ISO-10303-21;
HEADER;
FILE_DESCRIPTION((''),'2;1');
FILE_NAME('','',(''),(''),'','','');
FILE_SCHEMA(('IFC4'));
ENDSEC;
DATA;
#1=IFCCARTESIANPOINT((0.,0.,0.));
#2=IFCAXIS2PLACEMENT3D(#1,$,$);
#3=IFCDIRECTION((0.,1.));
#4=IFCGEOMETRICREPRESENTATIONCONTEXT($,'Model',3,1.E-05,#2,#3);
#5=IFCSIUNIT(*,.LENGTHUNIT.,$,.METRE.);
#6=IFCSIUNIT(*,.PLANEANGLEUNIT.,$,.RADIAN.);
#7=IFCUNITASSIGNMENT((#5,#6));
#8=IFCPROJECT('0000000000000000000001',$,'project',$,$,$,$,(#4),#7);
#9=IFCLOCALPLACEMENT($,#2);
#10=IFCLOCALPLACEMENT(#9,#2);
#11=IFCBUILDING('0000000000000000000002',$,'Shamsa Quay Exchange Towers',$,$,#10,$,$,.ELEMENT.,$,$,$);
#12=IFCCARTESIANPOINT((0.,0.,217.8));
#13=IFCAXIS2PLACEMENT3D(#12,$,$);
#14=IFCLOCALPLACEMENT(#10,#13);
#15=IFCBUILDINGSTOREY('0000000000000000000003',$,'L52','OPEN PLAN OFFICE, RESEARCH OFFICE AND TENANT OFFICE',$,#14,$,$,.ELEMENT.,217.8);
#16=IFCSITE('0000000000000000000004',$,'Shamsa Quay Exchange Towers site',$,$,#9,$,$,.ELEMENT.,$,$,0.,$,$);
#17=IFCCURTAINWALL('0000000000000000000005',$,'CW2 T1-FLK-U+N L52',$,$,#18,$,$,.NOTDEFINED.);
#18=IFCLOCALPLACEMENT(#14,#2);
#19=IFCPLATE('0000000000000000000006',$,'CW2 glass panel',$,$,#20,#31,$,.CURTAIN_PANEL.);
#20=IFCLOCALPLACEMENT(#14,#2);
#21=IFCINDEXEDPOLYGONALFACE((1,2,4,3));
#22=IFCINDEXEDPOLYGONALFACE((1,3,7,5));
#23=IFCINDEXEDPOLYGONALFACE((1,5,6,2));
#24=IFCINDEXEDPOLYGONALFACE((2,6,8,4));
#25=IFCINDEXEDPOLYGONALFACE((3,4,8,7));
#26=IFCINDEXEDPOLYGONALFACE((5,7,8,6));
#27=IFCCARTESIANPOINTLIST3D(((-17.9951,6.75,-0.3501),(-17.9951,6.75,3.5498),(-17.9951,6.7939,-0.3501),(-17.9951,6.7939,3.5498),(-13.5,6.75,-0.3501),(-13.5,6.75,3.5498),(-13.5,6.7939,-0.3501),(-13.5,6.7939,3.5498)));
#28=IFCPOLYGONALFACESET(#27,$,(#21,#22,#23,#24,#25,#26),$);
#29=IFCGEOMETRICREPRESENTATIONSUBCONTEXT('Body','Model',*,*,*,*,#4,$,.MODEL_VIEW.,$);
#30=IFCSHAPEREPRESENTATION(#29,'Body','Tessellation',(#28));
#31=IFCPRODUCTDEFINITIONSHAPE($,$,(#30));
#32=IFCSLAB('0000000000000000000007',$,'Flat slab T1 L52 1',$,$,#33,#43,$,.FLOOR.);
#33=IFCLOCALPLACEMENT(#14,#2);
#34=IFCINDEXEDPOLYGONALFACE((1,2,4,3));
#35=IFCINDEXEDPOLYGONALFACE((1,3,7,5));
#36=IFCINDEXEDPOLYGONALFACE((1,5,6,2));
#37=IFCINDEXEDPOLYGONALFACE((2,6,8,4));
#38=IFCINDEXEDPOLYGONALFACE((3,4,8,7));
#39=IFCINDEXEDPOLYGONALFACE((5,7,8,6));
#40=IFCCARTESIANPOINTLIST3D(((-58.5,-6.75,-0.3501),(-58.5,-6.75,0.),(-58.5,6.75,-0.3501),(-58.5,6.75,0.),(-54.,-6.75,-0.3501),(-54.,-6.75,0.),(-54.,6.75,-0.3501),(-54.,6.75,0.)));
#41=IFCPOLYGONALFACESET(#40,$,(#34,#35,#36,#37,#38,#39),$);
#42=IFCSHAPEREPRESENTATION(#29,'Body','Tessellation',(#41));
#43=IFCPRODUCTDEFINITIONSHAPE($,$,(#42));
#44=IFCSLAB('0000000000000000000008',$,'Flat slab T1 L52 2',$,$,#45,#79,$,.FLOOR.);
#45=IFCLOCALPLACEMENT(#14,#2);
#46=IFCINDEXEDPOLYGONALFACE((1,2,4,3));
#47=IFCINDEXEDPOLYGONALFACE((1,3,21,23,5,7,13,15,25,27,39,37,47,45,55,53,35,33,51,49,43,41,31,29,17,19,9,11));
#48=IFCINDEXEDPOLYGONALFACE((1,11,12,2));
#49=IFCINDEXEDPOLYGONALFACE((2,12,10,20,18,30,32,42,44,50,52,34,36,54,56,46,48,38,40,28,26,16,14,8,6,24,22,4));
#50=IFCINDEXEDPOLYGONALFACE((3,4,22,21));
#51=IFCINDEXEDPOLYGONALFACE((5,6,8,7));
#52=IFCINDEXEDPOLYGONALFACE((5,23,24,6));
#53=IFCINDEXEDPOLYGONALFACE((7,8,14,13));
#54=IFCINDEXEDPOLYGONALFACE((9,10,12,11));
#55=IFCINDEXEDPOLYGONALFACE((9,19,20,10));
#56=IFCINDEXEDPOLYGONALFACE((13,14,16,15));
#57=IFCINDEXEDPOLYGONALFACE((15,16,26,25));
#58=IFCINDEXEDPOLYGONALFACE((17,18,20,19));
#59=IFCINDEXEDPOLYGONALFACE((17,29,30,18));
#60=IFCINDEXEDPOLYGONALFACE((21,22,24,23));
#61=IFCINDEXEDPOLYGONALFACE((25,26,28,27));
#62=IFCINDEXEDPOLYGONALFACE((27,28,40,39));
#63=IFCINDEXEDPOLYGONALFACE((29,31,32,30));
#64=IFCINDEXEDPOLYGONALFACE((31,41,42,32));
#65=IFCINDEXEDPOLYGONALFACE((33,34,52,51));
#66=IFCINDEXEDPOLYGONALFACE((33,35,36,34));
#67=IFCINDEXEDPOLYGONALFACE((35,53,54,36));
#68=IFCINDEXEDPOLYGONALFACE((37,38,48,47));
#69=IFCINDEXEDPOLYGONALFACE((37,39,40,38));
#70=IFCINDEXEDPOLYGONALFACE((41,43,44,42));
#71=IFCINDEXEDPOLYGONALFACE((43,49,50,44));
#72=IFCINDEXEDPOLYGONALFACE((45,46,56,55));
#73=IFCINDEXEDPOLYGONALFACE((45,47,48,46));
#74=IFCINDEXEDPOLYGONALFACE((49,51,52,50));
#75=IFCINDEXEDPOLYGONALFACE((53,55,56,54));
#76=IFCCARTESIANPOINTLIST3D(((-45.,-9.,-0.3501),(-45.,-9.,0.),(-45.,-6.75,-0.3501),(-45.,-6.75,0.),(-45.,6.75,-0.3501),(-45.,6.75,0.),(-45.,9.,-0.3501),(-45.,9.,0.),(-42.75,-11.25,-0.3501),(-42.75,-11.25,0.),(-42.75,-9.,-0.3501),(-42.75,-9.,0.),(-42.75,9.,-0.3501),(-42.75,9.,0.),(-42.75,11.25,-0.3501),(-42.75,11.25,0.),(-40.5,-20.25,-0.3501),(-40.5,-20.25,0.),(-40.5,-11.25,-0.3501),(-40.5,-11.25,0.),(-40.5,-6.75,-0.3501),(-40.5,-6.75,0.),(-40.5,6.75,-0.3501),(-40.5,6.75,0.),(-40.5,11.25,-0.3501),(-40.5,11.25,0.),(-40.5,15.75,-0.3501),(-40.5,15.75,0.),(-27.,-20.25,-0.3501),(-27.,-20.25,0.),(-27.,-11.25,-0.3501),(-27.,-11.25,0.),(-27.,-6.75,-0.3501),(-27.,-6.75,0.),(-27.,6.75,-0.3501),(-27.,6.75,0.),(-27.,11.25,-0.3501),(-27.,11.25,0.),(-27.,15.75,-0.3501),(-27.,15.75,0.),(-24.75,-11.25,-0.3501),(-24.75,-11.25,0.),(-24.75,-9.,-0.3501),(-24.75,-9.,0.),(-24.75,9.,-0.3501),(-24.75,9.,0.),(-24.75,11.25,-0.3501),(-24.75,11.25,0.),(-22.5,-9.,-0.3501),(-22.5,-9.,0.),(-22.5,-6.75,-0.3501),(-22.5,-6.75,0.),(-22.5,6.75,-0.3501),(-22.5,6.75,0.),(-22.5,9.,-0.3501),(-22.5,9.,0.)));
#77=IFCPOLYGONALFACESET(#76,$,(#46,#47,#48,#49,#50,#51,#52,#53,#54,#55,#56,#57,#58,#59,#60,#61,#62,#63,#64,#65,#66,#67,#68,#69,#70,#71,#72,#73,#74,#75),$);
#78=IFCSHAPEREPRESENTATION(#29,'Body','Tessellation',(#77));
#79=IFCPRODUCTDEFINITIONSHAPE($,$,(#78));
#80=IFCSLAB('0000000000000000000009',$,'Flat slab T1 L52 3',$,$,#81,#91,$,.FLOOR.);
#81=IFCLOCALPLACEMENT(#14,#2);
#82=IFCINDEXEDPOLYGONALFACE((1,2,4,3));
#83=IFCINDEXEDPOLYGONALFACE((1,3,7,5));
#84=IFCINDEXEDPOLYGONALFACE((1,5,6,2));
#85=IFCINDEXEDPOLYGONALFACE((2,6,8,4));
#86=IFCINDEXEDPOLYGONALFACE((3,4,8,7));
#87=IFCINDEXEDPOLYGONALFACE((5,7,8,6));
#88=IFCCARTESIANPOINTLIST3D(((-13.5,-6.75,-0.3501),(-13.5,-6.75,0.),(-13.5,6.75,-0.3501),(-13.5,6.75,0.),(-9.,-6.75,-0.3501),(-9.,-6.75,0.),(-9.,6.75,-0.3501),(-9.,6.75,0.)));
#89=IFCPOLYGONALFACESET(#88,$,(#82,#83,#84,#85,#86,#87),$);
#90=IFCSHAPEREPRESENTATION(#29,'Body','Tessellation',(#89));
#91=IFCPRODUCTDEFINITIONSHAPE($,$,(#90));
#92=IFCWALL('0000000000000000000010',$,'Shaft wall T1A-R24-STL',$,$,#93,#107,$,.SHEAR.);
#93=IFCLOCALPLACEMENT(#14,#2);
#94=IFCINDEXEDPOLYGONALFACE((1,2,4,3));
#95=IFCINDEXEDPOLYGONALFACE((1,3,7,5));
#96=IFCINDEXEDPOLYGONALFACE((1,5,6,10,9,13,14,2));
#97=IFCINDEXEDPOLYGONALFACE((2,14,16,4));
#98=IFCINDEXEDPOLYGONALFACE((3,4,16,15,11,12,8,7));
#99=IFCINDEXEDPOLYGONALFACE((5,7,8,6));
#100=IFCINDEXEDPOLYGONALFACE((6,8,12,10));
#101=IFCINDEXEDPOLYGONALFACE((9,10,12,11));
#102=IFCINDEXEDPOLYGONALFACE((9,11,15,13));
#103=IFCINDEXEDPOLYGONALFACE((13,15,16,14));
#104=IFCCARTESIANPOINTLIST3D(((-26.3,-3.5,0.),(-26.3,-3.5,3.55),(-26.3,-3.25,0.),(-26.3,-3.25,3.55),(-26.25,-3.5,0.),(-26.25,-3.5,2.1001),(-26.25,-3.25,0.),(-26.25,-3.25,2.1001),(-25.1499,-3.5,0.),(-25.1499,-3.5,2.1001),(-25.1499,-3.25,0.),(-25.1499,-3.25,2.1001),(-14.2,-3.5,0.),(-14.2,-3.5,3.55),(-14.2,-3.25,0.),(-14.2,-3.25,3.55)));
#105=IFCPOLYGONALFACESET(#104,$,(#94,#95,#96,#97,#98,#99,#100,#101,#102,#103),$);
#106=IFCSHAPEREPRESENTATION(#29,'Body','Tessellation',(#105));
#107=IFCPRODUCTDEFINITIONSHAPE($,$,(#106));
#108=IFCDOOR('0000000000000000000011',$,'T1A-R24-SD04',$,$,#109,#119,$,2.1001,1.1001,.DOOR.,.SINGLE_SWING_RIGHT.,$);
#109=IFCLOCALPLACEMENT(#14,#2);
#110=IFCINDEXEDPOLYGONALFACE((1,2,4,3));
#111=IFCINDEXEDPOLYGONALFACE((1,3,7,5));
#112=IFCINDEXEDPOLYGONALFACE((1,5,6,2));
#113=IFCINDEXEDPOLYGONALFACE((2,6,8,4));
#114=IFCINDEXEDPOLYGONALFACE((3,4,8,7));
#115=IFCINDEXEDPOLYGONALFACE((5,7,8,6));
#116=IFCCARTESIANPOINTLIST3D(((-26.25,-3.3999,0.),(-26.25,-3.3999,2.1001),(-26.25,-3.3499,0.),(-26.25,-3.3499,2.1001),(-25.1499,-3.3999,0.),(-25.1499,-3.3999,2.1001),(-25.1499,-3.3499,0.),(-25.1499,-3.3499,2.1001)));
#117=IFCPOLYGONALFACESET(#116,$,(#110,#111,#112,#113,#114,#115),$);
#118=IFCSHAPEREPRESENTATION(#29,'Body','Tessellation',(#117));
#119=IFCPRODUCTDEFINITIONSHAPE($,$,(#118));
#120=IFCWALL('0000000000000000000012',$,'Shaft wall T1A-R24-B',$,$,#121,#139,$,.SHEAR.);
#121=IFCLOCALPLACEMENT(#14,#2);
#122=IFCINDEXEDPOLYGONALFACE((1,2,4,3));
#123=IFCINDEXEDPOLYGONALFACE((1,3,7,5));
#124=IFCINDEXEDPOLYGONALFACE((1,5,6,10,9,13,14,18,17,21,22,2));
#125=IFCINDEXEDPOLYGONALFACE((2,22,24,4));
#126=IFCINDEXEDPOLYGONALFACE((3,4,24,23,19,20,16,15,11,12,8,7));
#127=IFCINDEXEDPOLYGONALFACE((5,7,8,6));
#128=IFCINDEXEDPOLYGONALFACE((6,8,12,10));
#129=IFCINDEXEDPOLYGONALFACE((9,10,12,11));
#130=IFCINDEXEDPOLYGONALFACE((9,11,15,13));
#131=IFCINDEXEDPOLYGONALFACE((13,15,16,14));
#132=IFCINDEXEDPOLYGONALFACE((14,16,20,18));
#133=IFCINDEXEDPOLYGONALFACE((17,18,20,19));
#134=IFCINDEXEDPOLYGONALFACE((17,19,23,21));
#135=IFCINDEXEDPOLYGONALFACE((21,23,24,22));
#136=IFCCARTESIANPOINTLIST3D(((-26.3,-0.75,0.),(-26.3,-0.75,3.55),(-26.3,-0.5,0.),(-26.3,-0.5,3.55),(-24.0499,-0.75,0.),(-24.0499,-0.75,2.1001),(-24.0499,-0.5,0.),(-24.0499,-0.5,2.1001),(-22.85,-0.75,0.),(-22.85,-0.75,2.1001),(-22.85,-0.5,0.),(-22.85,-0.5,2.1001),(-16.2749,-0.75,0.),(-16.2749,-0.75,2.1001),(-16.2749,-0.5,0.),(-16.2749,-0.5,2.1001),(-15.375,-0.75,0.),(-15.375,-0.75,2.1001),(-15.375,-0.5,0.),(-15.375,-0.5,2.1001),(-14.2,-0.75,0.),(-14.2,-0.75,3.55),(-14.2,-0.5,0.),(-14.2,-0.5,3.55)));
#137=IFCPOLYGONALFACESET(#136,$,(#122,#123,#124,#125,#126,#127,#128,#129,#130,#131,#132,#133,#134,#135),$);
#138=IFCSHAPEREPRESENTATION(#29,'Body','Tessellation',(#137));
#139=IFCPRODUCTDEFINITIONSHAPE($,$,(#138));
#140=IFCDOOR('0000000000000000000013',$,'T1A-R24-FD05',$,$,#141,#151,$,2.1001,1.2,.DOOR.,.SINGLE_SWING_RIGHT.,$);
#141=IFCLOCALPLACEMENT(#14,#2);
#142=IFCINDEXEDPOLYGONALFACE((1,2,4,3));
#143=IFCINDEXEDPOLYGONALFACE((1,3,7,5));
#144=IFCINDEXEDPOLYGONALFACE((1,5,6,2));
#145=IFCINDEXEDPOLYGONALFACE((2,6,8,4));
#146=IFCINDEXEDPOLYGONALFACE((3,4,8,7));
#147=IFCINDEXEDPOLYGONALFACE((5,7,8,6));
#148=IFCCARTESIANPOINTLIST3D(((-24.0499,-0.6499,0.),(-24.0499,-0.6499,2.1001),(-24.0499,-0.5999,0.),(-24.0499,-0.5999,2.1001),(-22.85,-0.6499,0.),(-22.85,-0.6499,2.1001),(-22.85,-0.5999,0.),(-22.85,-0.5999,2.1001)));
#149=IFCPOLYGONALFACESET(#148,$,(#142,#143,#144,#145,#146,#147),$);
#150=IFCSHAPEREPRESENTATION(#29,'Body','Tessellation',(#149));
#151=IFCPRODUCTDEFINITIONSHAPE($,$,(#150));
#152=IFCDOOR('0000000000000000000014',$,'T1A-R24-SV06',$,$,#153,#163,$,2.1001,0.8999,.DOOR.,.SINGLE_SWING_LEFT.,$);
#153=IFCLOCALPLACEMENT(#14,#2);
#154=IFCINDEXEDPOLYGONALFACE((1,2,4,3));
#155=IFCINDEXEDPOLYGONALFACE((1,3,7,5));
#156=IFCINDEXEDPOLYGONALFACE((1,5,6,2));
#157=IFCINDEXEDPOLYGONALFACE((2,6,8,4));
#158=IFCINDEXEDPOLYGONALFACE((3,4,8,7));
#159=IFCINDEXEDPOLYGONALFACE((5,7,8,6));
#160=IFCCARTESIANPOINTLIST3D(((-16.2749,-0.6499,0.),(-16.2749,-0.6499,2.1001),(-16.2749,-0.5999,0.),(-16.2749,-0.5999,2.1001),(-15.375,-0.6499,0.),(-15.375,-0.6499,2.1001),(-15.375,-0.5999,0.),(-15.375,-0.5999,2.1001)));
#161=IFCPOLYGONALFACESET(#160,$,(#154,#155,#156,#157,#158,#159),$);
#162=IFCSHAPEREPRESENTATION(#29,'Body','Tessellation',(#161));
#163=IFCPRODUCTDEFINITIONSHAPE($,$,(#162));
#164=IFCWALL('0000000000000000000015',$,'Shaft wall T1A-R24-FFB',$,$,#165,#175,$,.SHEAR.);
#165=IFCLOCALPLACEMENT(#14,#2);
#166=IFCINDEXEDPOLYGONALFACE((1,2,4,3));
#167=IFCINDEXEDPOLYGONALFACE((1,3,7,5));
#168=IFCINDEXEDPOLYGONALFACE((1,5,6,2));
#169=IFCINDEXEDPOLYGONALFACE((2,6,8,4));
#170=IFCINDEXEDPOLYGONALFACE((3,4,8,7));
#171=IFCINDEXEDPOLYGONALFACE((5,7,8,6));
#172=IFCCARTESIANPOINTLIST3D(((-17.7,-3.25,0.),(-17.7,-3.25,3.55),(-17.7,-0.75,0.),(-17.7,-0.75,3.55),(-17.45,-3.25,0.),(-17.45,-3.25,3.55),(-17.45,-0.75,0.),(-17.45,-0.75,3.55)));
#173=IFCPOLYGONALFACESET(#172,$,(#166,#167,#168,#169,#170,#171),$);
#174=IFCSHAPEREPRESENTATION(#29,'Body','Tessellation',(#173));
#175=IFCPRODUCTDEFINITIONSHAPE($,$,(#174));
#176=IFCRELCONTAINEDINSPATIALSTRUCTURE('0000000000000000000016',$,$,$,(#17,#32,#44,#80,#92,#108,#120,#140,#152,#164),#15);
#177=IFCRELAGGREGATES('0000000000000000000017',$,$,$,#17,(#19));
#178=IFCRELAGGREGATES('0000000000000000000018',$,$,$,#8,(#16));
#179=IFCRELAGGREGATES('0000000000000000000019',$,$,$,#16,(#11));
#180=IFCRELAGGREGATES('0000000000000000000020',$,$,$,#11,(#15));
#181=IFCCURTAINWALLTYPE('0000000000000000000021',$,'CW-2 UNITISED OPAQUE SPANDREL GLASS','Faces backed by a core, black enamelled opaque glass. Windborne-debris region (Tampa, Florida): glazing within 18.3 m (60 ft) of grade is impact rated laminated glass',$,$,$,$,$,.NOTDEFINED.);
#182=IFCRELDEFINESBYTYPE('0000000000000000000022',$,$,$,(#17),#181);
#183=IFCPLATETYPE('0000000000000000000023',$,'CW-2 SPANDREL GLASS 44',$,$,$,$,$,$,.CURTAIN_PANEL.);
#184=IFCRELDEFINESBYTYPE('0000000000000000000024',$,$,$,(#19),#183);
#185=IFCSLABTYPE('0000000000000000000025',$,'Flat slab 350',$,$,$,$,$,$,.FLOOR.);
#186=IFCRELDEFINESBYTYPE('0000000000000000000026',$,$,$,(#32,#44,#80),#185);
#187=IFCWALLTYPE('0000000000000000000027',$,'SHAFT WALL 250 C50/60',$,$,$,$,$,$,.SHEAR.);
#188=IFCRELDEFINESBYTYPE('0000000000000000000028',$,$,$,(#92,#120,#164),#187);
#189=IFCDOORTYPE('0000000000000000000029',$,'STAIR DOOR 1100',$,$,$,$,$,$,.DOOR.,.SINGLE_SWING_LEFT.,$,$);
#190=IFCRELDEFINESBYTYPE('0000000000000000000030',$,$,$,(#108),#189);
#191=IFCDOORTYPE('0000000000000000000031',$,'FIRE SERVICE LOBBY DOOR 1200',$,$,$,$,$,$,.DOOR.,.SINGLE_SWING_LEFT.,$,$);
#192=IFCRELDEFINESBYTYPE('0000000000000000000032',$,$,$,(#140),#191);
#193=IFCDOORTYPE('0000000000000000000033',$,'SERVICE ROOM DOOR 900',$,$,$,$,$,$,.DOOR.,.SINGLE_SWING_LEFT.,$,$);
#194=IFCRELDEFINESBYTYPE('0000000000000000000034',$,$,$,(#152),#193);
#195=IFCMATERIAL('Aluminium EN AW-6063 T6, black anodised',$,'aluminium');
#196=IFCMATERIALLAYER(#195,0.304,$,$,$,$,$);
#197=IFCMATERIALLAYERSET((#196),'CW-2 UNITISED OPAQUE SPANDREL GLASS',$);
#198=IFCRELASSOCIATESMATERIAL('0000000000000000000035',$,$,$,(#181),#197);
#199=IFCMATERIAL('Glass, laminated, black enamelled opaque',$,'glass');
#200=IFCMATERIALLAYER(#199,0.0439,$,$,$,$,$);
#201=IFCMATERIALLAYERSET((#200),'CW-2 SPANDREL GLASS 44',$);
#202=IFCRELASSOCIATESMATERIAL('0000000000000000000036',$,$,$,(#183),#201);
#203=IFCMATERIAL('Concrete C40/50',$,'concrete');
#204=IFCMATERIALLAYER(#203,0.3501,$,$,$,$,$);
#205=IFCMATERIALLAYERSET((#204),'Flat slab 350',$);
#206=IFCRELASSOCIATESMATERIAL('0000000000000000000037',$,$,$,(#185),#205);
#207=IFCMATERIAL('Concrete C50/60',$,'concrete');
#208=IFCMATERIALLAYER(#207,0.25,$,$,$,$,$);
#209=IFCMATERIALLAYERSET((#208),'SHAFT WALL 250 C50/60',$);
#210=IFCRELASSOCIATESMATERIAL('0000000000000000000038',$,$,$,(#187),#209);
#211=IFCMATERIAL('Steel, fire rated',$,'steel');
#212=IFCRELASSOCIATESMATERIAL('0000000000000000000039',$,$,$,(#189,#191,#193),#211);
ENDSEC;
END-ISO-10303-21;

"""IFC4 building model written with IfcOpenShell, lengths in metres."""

from ifc_helpers import new_model, si_unit, direction, frame, frame_2d, origin, origin_2d, place, context, subcontext, project, spatial, polyline, rectangle, outline, extrude, material, layer, layer_set, type_object, element, fill, aggregate, save


model = new_model("IFC4")

# Units and contexts
model_context = context("Model", 3, precision=1e-05, world=origin(), true_north=direction((0.0, 1.0)))
body_context = subcontext(model_context, "Body", "Model", "MODEL_VIEW")
ifc_project = project(units=[si_unit("LENGTHUNIT", "METRE"), si_unit("PLANEANGLEUNIT", "RADIAN")], contexts=[model_context])

# Site, building, storey
site_placement = place(None, origin())
site = spatial("IfcSite", under=ifc_project, at=site_placement, Name="Shamsa Quay Exchange Towers site", CompositionType="ELEMENT", RefElevation=0.0)
building_placement = place(site_placement, origin())
building = spatial("IfcBuilding", under=site, at=building_placement, Name="Shamsa Quay Exchange Towers", CompositionType="ELEMENT")
storey_placement = place(building_placement, frame((0.0, 0.0, 217.8)))
storey = spatial("IfcBuildingStorey", under=building, at=storey_placement, Name="L52", Description="OPEN PLAN OFFICE, RESEARCH OFFICE AND TENANT OFFICE", CompositionType="ELEMENT", Elevation=217.8)

# Shared definitions
ifc_material_1 = material(Name="Aluminium EN AW-6063 T6, black anodised", Category="aluminium")

# Curtain wall, plate
ifc_layer_1 = layer(ifc_material_1, 0.304)
ifc_layer_set_1 = layer_set([ifc_layer_1], Name="CW-2 UNITISED OPAQUE SPANDREL GLASS")
curtain_wall_type_1 = type_object("IfcCurtainWallType", Name="CW-2 UNITISED OPAQUE SPANDREL GLASS", Description="Faces backed by a core, black enamelled opaque glass. Windborne-debris region (Tampa, Florida): glazing within 18.3 m (60 ft) of grade is impact rated laminated glass", PredefinedType="NOTDEFINED", material=ifc_layer_set_1)
ifc_material_2 = material(Name="Glass, laminated, black enamelled opaque", Category="glass")
ifc_layer_2 = layer(ifc_material_2, 0.0439)
ifc_layer_set_2 = layer_set([ifc_layer_2], Name="CW-2 SPANDREL GLASS 44")
plate_type_1 = type_object("IfcPlateType", Name="CW-2 SPANDREL GLASS 44", PredefinedType="CURTAIN_PANEL", material=ifc_layer_set_2)
curtain_wall_1_placement = place(storey_placement, origin())
curtain_wall_1 = element("IfcCurtainWall", 1, at=curtain_wall_1_placement, inside=storey, type_object=curtain_wall_type_1, Name="CW2 T1-FLK-U+N L52", PredefinedType="NOTDEFINED")
plate_1_placement = place(storey_placement, frame((-15.7476, 6.772, -0.3501), z_axis=(0.0, 0.0, 1.0), x_axis=(-1.0, 0.0, 0.0)))
plate_1 = element("IfcPlate", 2, at=plate_1_placement, type_object=plate_type_1, Name="CW2 glass panel", PredefinedType="CURTAIN_PANEL", context=body_context, shape_type="SweptSolid", body=[
    extrude(rectangle(XDim=4.4951, YDim=0.0439, at=origin_2d()), origin(), (0.0, 0.0, 1.0), 3.8999),
])
aggregate(curtain_wall_1, [plate_1])

# Slabs
ifc_material_3 = material(Name="Concrete C40/50", Category="concrete")
ifc_layer_3 = layer(ifc_material_3, 0.3501)
ifc_layer_set_3 = layer_set([ifc_layer_3], Name="Flat slab 350")
slab_type = type_object("IfcSlabType", Name="Flat slab 350", PredefinedType="FLOOR", material=ifc_layer_set_3)
slab_1_placement = place(storey_placement, frame((0.0, 0.0, -0.3501)))
element("IfcSlab", 3, at=slab_1_placement, inside=storey, type_object=slab_type, Name="Flat slab T1 L52 1", PredefinedType="FLOOR", context=body_context, shape_type="SweptSolid", body=[
    extrude(outline(polyline([(-58.5, -6.75), (-54.0, -6.75), (-54.0, 6.75), (-58.5, 6.75), (-58.5, -6.75)])), origin(), (0.0, 0.0, 1.0), 0.3501),
])
slab_2_placement = place(storey_placement, frame((0.0, 0.0, -0.3501)))
element("IfcSlab", 4, at=slab_2_placement, inside=storey, type_object=slab_type, Name="Flat slab T1 L52 2", PredefinedType="FLOOR", context=body_context, shape_type="SweptSolid", body=[
    extrude(outline(polyline([(-22.5, -9.0), (-22.5, -6.75), (-27.0, -6.75), (-27.0, 6.75), (-22.5, 6.75), (-22.5, 9.0), (-24.75, 9.0), (-24.75, 11.25), (-27.0, 11.25), (-27.0, 15.75), (-40.5, 15.75), (-40.5, 11.25), (-42.75, 11.25), (-42.75, 9.0), (-45.0, 9.0), (-45.0, 6.75), (-40.5, 6.75), (-40.5, -6.75), (-45.0, -6.75), (-45.0, -9.0), (-42.75, -9.0), (-42.75, -11.25), (-40.5, -11.25), (-40.5, -20.25), (-27.0, -20.25), (-27.0, -11.25), (-24.75, -11.25), (-24.75, -9.0), (-22.5, -9.0)])), origin(), (0.0, 0.0, 1.0), 0.3501),
])
slab_3_placement = place(storey_placement, frame((0.0, 0.0, -0.3501)))
element("IfcSlab", 5, at=slab_3_placement, inside=storey, type_object=slab_type, Name="Flat slab T1 L52 3", PredefinedType="FLOOR", context=body_context, shape_type="SweptSolid", body=[
    extrude(outline(polyline([(-9.0, 6.75), (-13.5, 6.75), (-13.5, -6.75), (-9.0, -6.75), (-9.0, 6.75)])), origin(), (0.0, 0.0, 1.0), 0.3501),
])

# Shared definitions
ifc_material_4 = material(Name="Steel, fire rated", Category="steel")

# Wall, opening, door
ifc_material_5 = material(Name="Concrete C50/60", Category="concrete")
ifc_layer_4 = layer(ifc_material_5, 0.25)
ifc_layer_set_4 = layer_set([ifc_layer_4], Name="SHAFT WALL 250 C50/60")
wall_type_1 = type_object("IfcWallType", Name="SHAFT WALL 250 C50/60", PredefinedType="SHEAR", material=ifc_layer_set_4)
wall_1_placement = place(storey_placement, frame((-14.2, -3.375, 0.0), z_axis=(0.0, 0.0, 1.0), x_axis=(-1.0, 0.0, 0.0)))
wall_1 = element("IfcWall", 6, at=wall_1_placement, inside=storey, type_object=wall_type_1, Name="Shaft wall T1A-R24-STL", PredefinedType="SHEAR", context=body_context, shape_type="SweptSolid", body=[
    extrude(rectangle(XDim=12.1001, YDim=0.25, at=frame_2d((6.05, 0.0))), origin(), (0.0, 0.0, 1.0), 3.55),
])
opening_1_placement = place(wall_1_placement, frame((10.95, 0.0, 0.0)))
opening_1 = element("IfcOpeningElement", 7, at=opening_1_placement, cuts=wall_1, PredefinedType="OPENING", context=body_context, shape_type="SweptSolid", body=[
    extrude(rectangle(XDim=1.1001, YDim=2.1001, at=frame_2d((0.55, 1.05))), frame((0.0, 0.135, 0.0), z_axis=(0.0, -1.0, 0.0), x_axis=(1.0, 0.0, 0.0)), (0.0, 0.0, 1.0), 0.27),
])
door_type_1 = type_object("IfcDoorType", Name="STAIR DOOR 1100", OperationType="SINGLE_SWING_LEFT", PredefinedType="DOOR", material=ifc_material_4)
door_1_placement = place(opening_1_placement, origin())
door_1 = element("IfcDoor", 8, at=door_1_placement, inside=storey, type_object=door_type_1, Name="T1A-R24-SD04", OperationType="SINGLE_SWING_RIGHT", OverallHeight=2.1001, OverallWidth=1.1001, PredefinedType="DOOR", context=body_context, shape_type="SweptSolid", body=[
    extrude(rectangle(XDim=1.1001, YDim=2.1001, at=frame_2d((0.55, 1.05))), frame((0.0, 0.0249, 0.0), z_axis=(0.0, -1.0, 0.0), x_axis=(1.0, 0.0, 0.0)), (0.0, 0.0, 1.0), 0.05),
])
fill(opening_1, door_1)

# Wall, openings, doors
wall_2_placement = place(storey_placement, frame((-14.2, -0.625, 0.0), z_axis=(0.0, 0.0, 1.0), x_axis=(-1.0, 0.0, 0.0)))
wall_2 = element("IfcWall", 9, at=wall_2_placement, inside=storey, type_object=wall_type_1, Name="Shaft wall T1A-R24-B", PredefinedType="SHEAR", context=body_context, shape_type="SweptSolid", body=[
    extrude(rectangle(XDim=12.1001, YDim=0.25, at=frame_2d((6.05, 0.0))), origin(), (0.0, 0.0, 1.0), 3.55),
])
opening_2_placement = place(wall_2_placement, frame((8.6499, 0.0, 0.0)))
opening_2 = element("IfcOpeningElement", 10, at=opening_2_placement, cuts=wall_2, PredefinedType="OPENING", context=body_context, shape_type="SweptSolid", body=[
    extrude(rectangle(XDim=1.2, YDim=2.1001, at=frame_2d((0.6001, 1.05))), frame((0.0, 0.135, 0.0), z_axis=(0.0, -1.0, 0.0), x_axis=(1.0, 0.0, 0.0)), (0.0, 0.0, 1.0), 0.27),
])
opening_3_placement = place(wall_2_placement, frame((1.175, 0.0, 0.0)))
opening_3 = element("IfcOpeningElement", 11, at=opening_3_placement, cuts=wall_2, PredefinedType="OPENING", context=body_context, shape_type="SweptSolid", body=[
    extrude(rectangle(XDim=0.8999, YDim=2.1001, at=frame_2d((0.45, 1.05))), frame((0.0, 0.135, 0.0), z_axis=(0.0, -1.0, 0.0), x_axis=(1.0, 0.0, 0.0)), (0.0, 0.0, 1.0), 0.27),
])
door_type_2 = type_object("IfcDoorType", Name="FIRE SERVICE LOBBY DOOR 1200", OperationType="SINGLE_SWING_LEFT", PredefinedType="DOOR", material=ifc_material_4)
door_2_placement = place(opening_2_placement, origin())
door_2 = element("IfcDoor", 12, at=door_2_placement, inside=storey, type_object=door_type_2, Name="T1A-R24-FD05", OperationType="SINGLE_SWING_RIGHT", OverallHeight=2.1001, OverallWidth=1.2, PredefinedType="DOOR", context=body_context, shape_type="SweptSolid", body=[
    extrude(rectangle(XDim=1.2, YDim=2.1001, at=frame_2d((0.6001, 1.05))), frame((0.0, 0.0249, 0.0), z_axis=(0.0, -1.0, 0.0), x_axis=(1.0, 0.0, 0.0)), (0.0, 0.0, 1.0), 0.05),
])
fill(opening_2, door_2)
door_type_3 = type_object("IfcDoorType", Name="SERVICE ROOM DOOR 900", OperationType="SINGLE_SWING_LEFT", PredefinedType="DOOR", material=ifc_material_4)
door_3_placement = place(opening_3_placement, origin())
door_3 = element("IfcDoor", 13, at=door_3_placement, inside=storey, type_object=door_type_3, Name="T1A-R24-SV06", OperationType="SINGLE_SWING_LEFT", OverallHeight=2.1001, OverallWidth=0.8999, PredefinedType="DOOR", context=body_context, shape_type="SweptSolid", body=[
    extrude(rectangle(XDim=0.8999, YDim=2.1001, at=frame_2d((0.45, 1.05))), frame((0.0, 0.0249, 0.0), z_axis=(0.0, -1.0, 0.0), x_axis=(1.0, 0.0, 0.0)), (0.0, 0.0, 1.0), 0.05),
])
fill(opening_3, door_3)

# Wall
wall_3_placement = place(storey_placement, frame((-17.575, -3.25, 0.0), z_axis=(0.0, 0.0, 1.0), x_axis=(0.0, 1.0, 0.0)))
element("IfcWall", 14, at=wall_3_placement, inside=storey, type_object=wall_type_1, Name="Shaft wall T1A-R24-FFB", PredefinedType="SHEAR", context=body_context, shape_type="SweptSolid", body=[
    extrude(rectangle(XDim=2.5, YDim=0.25, at=frame_2d((1.25, 0.0))), origin(), (0.0, 0.0, 1.0), 3.55),
])

save(model, "model.ifc")
